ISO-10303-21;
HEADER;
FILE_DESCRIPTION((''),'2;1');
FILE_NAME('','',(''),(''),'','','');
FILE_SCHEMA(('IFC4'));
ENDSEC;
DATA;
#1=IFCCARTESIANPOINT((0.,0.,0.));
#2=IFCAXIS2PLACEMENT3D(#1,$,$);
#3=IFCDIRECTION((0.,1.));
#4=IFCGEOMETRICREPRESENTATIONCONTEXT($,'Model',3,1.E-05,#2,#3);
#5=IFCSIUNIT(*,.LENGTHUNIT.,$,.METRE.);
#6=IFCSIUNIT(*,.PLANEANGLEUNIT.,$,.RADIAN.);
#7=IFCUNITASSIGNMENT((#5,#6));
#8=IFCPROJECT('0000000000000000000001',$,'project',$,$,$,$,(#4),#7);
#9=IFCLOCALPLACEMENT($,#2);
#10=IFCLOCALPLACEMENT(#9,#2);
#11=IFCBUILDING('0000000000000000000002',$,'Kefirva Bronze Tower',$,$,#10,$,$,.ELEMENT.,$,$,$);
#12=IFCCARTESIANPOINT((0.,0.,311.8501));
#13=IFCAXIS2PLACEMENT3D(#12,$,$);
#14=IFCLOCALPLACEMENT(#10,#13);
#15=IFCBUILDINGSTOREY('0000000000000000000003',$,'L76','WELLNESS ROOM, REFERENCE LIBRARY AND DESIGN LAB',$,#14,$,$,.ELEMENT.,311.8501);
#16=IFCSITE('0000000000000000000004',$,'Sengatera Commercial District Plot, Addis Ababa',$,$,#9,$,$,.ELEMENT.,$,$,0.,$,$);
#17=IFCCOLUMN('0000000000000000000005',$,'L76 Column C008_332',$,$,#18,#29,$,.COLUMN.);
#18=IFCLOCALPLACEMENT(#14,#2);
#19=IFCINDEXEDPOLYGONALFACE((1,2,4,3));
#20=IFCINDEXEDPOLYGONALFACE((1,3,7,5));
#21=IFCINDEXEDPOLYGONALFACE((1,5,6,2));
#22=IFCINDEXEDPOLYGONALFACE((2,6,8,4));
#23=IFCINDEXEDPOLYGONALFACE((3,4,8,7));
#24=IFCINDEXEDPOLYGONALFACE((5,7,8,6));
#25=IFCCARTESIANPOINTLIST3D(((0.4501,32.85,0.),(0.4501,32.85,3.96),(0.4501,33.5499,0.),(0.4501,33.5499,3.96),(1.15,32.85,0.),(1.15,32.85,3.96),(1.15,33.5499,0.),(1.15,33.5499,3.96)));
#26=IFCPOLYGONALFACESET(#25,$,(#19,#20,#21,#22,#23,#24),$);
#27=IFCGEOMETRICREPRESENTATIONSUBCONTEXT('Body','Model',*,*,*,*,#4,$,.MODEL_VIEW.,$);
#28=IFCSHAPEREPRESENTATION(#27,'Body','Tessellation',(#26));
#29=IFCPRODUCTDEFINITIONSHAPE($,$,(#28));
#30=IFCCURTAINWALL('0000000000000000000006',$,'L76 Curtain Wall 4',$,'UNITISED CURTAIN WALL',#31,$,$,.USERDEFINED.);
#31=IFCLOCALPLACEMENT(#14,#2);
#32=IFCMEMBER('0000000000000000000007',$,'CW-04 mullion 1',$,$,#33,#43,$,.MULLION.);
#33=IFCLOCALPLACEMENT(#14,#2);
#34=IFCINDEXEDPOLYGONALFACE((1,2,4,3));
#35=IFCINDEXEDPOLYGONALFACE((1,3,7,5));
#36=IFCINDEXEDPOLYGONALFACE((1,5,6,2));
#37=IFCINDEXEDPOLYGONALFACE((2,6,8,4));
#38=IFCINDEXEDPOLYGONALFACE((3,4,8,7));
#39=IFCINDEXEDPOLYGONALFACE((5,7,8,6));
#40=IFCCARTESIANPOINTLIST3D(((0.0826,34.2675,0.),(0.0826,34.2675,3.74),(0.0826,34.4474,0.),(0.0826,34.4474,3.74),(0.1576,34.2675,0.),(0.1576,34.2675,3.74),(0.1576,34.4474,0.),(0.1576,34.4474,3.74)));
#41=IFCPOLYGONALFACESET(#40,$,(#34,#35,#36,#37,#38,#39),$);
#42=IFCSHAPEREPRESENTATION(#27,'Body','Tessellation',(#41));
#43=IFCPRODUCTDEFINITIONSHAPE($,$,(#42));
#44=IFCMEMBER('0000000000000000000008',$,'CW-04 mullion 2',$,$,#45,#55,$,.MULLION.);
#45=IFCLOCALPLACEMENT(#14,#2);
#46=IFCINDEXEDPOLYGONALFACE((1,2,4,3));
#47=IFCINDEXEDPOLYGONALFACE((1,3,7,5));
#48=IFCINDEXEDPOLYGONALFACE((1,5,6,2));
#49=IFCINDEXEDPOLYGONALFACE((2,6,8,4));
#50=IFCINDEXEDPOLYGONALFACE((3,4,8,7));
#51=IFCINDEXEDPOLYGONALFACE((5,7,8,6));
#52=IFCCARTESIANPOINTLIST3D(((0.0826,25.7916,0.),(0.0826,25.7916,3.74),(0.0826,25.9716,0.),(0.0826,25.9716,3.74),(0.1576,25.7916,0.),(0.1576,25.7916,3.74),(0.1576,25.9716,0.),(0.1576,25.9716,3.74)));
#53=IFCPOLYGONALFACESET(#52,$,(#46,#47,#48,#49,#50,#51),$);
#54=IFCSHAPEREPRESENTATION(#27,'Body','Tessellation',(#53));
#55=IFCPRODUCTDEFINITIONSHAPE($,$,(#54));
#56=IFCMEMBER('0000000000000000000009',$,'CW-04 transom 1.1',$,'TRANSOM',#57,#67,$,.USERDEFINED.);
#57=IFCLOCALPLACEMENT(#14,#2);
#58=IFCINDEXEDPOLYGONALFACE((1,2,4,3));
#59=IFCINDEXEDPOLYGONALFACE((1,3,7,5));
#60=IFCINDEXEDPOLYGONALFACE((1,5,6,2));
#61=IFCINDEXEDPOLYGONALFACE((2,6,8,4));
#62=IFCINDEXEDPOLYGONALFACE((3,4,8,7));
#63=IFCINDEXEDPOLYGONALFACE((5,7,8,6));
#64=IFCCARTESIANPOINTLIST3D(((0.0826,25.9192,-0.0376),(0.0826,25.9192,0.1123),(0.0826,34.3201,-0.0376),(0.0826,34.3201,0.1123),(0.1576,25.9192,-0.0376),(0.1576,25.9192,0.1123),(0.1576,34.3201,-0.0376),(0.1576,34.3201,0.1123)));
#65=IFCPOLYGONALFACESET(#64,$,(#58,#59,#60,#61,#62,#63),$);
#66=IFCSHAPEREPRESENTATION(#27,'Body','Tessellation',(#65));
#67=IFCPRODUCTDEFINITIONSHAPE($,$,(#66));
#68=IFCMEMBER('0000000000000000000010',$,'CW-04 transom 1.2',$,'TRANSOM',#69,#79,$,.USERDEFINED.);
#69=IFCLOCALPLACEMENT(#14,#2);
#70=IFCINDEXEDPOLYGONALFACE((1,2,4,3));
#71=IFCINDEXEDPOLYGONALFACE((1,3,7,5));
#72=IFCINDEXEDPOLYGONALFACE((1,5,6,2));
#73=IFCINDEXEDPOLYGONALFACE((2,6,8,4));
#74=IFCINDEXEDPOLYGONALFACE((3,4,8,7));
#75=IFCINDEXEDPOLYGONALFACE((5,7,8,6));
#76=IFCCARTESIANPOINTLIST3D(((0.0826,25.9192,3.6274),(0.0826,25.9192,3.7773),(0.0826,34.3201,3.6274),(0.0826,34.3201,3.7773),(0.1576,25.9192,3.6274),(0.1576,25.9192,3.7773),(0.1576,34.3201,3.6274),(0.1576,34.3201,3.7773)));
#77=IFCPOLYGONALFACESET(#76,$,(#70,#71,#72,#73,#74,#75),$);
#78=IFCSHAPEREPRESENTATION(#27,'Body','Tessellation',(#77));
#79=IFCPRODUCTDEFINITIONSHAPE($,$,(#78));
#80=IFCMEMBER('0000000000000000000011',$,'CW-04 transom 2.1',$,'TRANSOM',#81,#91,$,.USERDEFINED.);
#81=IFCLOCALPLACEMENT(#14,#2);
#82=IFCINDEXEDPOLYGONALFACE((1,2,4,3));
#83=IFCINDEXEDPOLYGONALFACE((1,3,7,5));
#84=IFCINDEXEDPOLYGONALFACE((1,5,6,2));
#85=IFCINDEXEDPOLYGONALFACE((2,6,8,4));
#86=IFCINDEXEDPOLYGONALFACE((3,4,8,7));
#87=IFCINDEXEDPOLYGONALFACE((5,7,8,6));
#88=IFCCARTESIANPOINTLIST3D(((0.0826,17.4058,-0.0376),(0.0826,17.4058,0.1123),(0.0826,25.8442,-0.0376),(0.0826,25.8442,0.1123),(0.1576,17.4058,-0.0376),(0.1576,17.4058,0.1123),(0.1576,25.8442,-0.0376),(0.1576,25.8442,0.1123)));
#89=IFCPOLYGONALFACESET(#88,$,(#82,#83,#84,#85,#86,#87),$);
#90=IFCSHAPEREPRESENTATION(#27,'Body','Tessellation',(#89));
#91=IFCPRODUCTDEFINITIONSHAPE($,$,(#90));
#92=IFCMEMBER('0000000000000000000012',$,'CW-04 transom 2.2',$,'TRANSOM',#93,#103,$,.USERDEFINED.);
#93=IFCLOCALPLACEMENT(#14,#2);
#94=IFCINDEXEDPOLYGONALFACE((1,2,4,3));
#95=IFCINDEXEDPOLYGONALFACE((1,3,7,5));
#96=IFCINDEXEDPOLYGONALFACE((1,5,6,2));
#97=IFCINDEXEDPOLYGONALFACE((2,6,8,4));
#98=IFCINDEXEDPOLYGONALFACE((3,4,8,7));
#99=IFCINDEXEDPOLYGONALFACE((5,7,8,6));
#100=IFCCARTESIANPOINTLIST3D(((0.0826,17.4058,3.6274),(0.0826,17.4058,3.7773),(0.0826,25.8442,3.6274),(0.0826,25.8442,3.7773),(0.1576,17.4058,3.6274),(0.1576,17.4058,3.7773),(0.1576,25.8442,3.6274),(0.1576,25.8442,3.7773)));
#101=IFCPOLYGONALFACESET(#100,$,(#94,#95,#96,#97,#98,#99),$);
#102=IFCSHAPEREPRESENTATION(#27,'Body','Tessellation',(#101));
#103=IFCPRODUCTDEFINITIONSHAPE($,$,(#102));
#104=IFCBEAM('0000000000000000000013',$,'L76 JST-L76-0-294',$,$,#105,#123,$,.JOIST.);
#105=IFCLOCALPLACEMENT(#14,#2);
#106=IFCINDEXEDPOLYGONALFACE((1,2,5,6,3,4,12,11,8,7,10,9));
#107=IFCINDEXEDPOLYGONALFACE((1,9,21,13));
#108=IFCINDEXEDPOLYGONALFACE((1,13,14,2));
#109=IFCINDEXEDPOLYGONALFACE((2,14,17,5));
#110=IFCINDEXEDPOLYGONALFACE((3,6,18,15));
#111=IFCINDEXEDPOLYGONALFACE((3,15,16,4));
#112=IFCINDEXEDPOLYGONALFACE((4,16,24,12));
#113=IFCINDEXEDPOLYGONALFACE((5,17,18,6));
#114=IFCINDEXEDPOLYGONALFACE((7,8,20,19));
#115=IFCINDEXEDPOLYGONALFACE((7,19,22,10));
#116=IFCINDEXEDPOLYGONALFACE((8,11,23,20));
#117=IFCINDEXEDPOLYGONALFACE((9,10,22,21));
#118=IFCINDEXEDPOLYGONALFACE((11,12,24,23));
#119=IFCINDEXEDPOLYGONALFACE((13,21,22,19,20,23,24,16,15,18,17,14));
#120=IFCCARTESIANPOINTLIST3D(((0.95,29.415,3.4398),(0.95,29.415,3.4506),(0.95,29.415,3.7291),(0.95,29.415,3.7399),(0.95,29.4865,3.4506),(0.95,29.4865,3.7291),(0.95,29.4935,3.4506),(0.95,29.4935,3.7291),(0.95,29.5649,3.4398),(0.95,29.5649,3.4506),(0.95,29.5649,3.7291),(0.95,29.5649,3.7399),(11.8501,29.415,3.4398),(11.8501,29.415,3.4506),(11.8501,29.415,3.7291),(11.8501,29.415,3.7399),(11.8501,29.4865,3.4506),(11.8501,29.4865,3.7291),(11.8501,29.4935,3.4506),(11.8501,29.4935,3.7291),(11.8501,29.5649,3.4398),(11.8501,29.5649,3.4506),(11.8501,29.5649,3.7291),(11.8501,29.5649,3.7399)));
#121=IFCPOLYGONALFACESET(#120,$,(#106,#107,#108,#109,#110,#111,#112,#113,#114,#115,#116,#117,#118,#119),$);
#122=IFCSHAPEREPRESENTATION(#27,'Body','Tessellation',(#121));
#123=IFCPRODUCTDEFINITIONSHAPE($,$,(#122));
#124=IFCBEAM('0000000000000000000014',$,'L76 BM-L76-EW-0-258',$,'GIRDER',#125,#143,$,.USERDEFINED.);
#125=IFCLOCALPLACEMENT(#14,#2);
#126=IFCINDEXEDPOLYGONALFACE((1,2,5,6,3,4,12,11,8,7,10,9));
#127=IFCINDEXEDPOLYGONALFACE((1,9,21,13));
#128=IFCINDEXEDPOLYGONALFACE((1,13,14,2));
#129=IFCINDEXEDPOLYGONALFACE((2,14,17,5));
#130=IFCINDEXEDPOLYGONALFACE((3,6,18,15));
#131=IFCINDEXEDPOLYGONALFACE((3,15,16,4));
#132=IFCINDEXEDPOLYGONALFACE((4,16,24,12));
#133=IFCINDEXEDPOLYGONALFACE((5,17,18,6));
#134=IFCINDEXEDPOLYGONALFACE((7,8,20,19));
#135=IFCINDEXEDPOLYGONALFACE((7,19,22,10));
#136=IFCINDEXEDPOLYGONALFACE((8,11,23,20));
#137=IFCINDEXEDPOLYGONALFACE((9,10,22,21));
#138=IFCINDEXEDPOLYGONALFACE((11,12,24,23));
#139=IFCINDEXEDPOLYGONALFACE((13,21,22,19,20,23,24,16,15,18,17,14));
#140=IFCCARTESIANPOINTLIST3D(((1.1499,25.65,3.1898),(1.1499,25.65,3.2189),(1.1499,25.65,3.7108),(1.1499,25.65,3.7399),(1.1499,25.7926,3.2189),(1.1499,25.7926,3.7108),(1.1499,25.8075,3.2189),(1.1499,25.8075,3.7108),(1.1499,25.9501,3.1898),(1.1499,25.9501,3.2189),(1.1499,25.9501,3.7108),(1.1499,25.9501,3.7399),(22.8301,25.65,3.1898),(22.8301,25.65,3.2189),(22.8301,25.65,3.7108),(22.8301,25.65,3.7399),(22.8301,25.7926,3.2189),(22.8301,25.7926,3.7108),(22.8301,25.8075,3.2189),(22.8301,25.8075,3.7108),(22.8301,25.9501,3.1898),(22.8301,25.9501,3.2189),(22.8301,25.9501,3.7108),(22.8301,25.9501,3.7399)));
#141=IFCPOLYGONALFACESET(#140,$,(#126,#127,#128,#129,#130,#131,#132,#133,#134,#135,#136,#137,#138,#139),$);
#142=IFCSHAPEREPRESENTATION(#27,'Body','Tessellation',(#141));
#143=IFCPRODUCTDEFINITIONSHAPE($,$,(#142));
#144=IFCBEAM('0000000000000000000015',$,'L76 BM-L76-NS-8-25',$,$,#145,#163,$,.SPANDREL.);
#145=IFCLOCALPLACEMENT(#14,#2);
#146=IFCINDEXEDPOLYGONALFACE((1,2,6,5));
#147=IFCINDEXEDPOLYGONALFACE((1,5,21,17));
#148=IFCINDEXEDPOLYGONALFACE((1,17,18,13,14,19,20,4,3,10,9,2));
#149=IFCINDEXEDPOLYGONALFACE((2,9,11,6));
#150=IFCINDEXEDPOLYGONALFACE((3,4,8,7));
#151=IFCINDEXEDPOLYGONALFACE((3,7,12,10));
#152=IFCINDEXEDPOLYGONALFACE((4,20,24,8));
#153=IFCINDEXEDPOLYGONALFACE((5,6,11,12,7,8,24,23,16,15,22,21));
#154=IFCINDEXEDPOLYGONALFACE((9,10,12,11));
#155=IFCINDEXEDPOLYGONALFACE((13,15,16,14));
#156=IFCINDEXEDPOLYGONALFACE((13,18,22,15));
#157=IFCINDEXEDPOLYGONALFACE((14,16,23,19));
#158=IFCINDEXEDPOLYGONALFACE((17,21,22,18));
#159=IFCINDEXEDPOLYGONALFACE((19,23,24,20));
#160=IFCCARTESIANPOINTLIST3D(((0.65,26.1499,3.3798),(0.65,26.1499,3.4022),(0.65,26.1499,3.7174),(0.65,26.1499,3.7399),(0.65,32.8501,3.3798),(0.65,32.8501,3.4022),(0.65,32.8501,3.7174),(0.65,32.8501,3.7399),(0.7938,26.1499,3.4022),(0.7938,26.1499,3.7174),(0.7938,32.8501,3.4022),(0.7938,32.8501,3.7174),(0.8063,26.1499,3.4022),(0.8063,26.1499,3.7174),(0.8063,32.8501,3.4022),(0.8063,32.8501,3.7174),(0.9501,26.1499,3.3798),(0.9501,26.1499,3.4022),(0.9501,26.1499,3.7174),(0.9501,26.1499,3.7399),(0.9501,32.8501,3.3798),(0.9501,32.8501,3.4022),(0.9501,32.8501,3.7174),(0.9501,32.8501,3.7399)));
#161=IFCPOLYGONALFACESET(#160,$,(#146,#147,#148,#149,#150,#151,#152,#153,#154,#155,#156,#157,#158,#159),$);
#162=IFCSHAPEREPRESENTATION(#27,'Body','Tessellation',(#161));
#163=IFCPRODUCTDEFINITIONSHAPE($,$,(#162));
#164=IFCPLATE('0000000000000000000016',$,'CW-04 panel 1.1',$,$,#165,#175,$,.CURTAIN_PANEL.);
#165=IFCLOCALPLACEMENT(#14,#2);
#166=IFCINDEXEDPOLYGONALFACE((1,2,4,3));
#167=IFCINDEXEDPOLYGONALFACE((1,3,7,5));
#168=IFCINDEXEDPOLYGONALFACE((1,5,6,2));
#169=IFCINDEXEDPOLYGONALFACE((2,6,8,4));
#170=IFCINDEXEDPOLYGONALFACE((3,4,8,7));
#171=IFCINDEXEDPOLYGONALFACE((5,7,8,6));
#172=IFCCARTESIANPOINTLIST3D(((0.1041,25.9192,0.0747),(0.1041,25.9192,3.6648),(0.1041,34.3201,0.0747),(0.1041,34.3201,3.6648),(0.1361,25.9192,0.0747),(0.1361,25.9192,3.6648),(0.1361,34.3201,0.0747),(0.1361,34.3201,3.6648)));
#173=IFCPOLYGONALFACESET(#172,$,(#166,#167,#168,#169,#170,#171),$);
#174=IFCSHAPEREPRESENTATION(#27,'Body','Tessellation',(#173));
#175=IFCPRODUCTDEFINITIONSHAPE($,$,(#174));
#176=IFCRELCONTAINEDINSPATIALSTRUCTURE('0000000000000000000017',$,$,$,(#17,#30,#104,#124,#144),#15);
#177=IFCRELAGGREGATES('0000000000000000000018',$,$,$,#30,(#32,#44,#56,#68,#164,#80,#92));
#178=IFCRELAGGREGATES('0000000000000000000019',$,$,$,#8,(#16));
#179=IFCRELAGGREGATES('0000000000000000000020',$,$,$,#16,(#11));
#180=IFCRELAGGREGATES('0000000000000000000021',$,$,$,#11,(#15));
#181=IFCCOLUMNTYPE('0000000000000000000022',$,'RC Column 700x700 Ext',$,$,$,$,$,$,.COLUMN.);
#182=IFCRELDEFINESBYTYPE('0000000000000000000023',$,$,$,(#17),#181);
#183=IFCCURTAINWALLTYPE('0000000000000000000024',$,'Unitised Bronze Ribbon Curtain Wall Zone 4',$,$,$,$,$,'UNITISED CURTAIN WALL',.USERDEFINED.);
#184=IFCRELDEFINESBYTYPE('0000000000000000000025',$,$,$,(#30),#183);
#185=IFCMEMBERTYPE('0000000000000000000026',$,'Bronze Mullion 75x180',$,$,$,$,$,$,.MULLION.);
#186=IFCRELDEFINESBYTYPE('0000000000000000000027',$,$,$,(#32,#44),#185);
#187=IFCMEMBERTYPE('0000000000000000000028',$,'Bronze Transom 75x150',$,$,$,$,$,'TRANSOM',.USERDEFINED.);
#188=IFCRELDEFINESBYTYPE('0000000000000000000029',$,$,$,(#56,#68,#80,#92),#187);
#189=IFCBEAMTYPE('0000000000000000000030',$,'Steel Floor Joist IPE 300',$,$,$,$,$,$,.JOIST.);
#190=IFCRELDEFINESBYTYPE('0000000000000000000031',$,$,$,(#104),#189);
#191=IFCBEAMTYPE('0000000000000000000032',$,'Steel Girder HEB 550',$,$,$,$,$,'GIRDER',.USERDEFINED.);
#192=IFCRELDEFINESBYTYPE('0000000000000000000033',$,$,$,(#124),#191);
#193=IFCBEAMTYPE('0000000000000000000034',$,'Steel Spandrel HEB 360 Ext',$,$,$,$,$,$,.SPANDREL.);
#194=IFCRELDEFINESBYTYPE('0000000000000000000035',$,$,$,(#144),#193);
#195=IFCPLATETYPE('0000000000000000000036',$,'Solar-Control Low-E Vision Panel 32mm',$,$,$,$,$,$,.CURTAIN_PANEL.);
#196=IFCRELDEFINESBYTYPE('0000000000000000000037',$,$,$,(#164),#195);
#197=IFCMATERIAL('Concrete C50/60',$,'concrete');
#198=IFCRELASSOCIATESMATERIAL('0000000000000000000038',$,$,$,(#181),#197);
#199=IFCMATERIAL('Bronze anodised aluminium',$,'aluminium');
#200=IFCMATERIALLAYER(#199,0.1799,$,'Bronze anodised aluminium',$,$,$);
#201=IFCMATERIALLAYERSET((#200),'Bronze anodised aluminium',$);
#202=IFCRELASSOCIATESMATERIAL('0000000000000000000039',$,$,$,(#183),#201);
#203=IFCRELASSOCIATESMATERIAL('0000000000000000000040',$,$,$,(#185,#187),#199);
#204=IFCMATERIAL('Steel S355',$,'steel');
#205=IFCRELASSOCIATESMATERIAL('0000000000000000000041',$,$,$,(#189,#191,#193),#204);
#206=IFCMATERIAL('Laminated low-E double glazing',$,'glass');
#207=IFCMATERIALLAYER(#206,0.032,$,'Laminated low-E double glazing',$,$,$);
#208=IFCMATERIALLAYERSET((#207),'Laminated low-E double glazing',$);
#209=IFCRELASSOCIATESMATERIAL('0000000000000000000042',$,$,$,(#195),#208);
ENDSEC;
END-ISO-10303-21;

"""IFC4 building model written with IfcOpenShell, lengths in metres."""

from ifc_helpers import new_model, si_unit, direction, frame, origin, origin_2d, place, context, subcontext, project, spatial, rectangle, i_section, extrude, material, layer, layer_set, material_profile, profile_set, type_object, element, aggregate, save


model = new_model("IFC4")

# Units and contexts
model_context = context("Model", 3, precision=1e-05, world=origin(), true_north=direction((0.0, 1.0)))
body_context = subcontext(model_context, "Body", "Model", "MODEL_VIEW")
ifc_project = project(units=[si_unit("LENGTHUNIT", "METRE"), si_unit("PLANEANGLEUNIT", "RADIAN")], contexts=[model_context])

# Site, building, storey
site_placement = place(None, origin())
site = spatial("IfcSite", under=ifc_project, at=site_placement, Name="Sengatera Commercial District Plot, Addis Ababa", CompositionType="ELEMENT", RefElevation=0.0)
building_placement = place(site_placement, origin())
building = spatial("IfcBuilding", under=site, at=building_placement, Name="Kefirva Bronze Tower", CompositionType="ELEMENT")
storey_placement = place(building_placement, frame((0.0, 0.0, 311.8501)))
storey = spatial("IfcBuildingStorey", under=building, at=storey_placement, Name="L76", Description="WELLNESS ROOM, REFERENCE LIBRARY AND DESIGN LAB", CompositionType="ELEMENT", Elevation=311.8501)

# Column
ifc_material_1 = material(Name="Concrete C50/60", Category="concrete")
ifc_material_profile_1 = material_profile(ifc_material_1, rectangle(XDim=0.7, YDim=0.7, at=origin_2d()), Name="RC 700x700")
ifc_profile_set_1 = profile_set([ifc_material_profile_1], Name="Concrete C50/60")
column_type = type_object("IfcColumnType", Name="RC Column 700x700 Ext", PredefinedType="COLUMN", material=ifc_profile_set_1)
column_placement = place(storey_placement, frame((0.8, 33.2, 0.0), z_axis=(0.0, 0.0, 1.0), x_axis=(1.0, 0.0, 0.0)))
element("IfcColumn", 1, at=column_placement, inside=storey, type_object=column_type, Name="L76 Column C008_332", PredefinedType="COLUMN", context=body_context, shape_type="SweptSolid", body=[
    extrude(rectangle(XDim=0.7, YDim=0.7, at=origin_2d()), origin(), (0.0, 0.0, 1.0), 3.96),
])

# Curtain wall, members
ifc_material_2 = material(Name="Bronze anodised aluminium", Category="aluminium")
ifc_layer_1 = layer(ifc_material_2, 0.1799, Name="Bronze anodised aluminium")
ifc_layer_set_1 = layer_set([ifc_layer_1], Name="Bronze anodised aluminium")
curtain_wall_type = type_object("IfcCurtainWallType", Name="Unitised Bronze Ribbon Curtain Wall Zone 4", ElementType="UNITISED CURTAIN WALL", PredefinedType="USERDEFINED", material=ifc_layer_set_1)
curtain_wall_placement = place(storey_placement, origin())
curtain_wall = element("IfcCurtainWall", 2, at=curtain_wall_placement, inside=storey, type_object=curtain_wall_type, Name="L76 Curtain Wall 4", ObjectType="UNITISED CURTAIN WALL", PredefinedType="USERDEFINED")
ifc_material_profile_2 = material_profile(ifc_material_2, rectangle(XDim=0.075, YDim=0.1799, at=origin_2d()), Name="ALU 75x180")
ifc_profile_set_2 = profile_set([ifc_material_profile_2], Name="Bronze anodised aluminium")
member_type_1 = type_object("IfcMemberType", Name="Bronze Mullion 75x180", PredefinedType="MULLION", material=ifc_profile_set_2)
member_1_placement = place(storey_placement, frame((0.1201, 34.3574, 0.0), z_axis=(0.0, 0.0, 1.0), x_axis=(1.0, 0.0, 0.0)))
member_1 = element("IfcMember", 3, at=member_1_placement, type_object=member_type_1, Name="CW-04 mullion 1", PredefinedType="MULLION", context=body_context, shape_type="SweptSolid", body=[
    extrude(rectangle(XDim=0.075, YDim=0.1799, at=origin_2d()), origin(), (0.0, 0.0, 1.0), 3.74),
])
member_2_placement = place(storey_placement, frame((0.1201, 25.8816, 0.0), z_axis=(0.0, 0.0, 1.0), x_axis=(1.0, 0.0, 0.0)))
member_2 = element("IfcMember", 4, at=member_2_placement, type_object=member_type_1, Name="CW-04 mullion 2", PredefinedType="MULLION", context=body_context, shape_type="SweptSolid", body=[
    extrude(rectangle(XDim=0.075, YDim=0.1799, at=origin_2d()), origin(), (0.0, 0.0, 1.0), 3.74),
])
ifc_material_profile_3 = material_profile(ifc_material_2, rectangle(XDim=0.075, YDim=0.1499, at=origin_2d()), Name="ALU 75x150")
ifc_profile_set_3 = profile_set([ifc_material_profile_3], Name="Bronze anodised aluminium")
member_type_2 = type_object("IfcMemberType", Name="Bronze Transom 75x150", ElementType="TRANSOM", PredefinedType="USERDEFINED", material=ifc_profile_set_3)
member_3_placement = place(storey_placement, frame((0.1201, 34.3201, 0.0374), z_axis=(0.0, -1.0, 0.0), x_axis=(1.0, 0.0, 0.0)))
member_3 = element("IfcMember", 5, at=member_3_placement, type_object=member_type_2, Name="CW-04 transom 1.1", ObjectType="TRANSOM", PredefinedType="USERDEFINED", context=body_context, shape_type="SweptSolid", body=[
    extrude(rectangle(XDim=0.075, YDim=0.1499, at=origin_2d()), origin(), (0.0, 0.0, 1.0), 8.4009),
])
member_4_placement = place(storey_placement, frame((0.1201, 34.3201, 3.7024), z_axis=(0.0, -1.0, 0.0), x_axis=(1.0, 0.0, 0.0)))
member_4 = element("IfcMember", 6, at=member_4_placement, type_object=member_type_2, Name="CW-04 transom 1.2", ObjectType="TRANSOM", PredefinedType="USERDEFINED", context=body_context, shape_type="SweptSolid", body=[
    extrude(rectangle(XDim=0.075, YDim=0.1499, at=origin_2d()), origin(), (0.0, 0.0, 1.0), 8.4009),
])
member_5_placement = place(storey_placement, frame((0.1201, 25.8442, 0.0374), z_axis=(0.0, -1.0, 0.0), x_axis=(1.0, 0.0, 0.0)))
member_5 = element("IfcMember", 7, at=member_5_placement, type_object=member_type_2, Name="CW-04 transom 2.1", ObjectType="TRANSOM", PredefinedType="USERDEFINED", context=body_context, shape_type="SweptSolid", body=[
    extrude(rectangle(XDim=0.075, YDim=0.1499, at=origin_2d()), origin(), (0.0, 0.0, 1.0), 8.4385),
])
member_6_placement = place(storey_placement, frame((0.1201, 25.8442, 3.7024), z_axis=(0.0, -1.0, 0.0), x_axis=(1.0, 0.0, 0.0)))
member_6 = element("IfcMember", 8, at=member_6_placement, type_object=member_type_2, Name="CW-04 transom 2.2", ObjectType="TRANSOM", PredefinedType="USERDEFINED", context=body_context, shape_type="SweptSolid", body=[
    extrude(rectangle(XDim=0.075, YDim=0.1499, at=origin_2d()), origin(), (0.0, 0.0, 1.0), 8.4385),
])

# Beams
ifc_material_3 = material(Name="Steel S355", Category="steel")
ifc_material_profile_4 = material_profile(ifc_material_3, i_section(OverallWidth=0.1499, OverallDepth=0.3, WebThickness=0.0071, FlangeThickness=0.0107, at=origin_2d()), Name="IPE 300")
ifc_profile_set_4 = profile_set([ifc_material_profile_4], Name="Steel S355")
beam_type_1 = type_object("IfcBeamType", Name="Steel Floor Joist IPE 300", PredefinedType="JOIST", material=ifc_profile_set_4)
beam_1_placement = place(storey_placement, frame((0.95, 29.49, 3.5898), z_axis=(1.0, 0.0, 0.0), x_axis=(0.0, 1.0, 0.0)))
element("IfcBeam", 9, at=beam_1_placement, inside=storey, type_object=beam_type_1, Name="L76 JST-L76-0-294", PredefinedType="JOIST", context=body_context, shape_type="SweptSolid", body=[
    extrude(i_section(OverallWidth=0.1499, OverallDepth=0.3, WebThickness=0.0071, FlangeThickness=0.0107, at=origin_2d()), origin(), (0.0, 0.0, 1.0), 10.9001),
])
ifc_material_profile_5 = material_profile(ifc_material_3, i_section(OverallWidth=0.3, OverallDepth=0.55, WebThickness=0.0149, FlangeThickness=0.0291, at=origin_2d()), Name="HEB 550")
ifc_profile_set_5 = profile_set([ifc_material_profile_5], Name="Steel S355")
beam_type_2 = type_object("IfcBeamType", Name="Steel Girder HEB 550", ElementType="GIRDER", PredefinedType="USERDEFINED", material=ifc_profile_set_5)
beam_2_placement = place(storey_placement, frame((1.1499, 25.8, 3.4648), z_axis=(1.0, 0.0, 0.0), x_axis=(0.0, 1.0, 0.0)))
element("IfcBeam", 10, at=beam_2_placement, inside=storey, type_object=beam_type_2, Name="L76 BM-L76-EW-0-258", ObjectType="GIRDER", PredefinedType="USERDEFINED", context=body_context, shape_type="SweptSolid", body=[
    extrude(i_section(OverallWidth=0.3, OverallDepth=0.55, WebThickness=0.0149, FlangeThickness=0.0291, at=origin_2d()), origin(), (0.0, 0.0, 1.0), 21.6802),
])
ifc_material_profile_6 = material_profile(ifc_material_3, i_section(OverallWidth=0.3, OverallDepth=0.3601, WebThickness=0.0125, FlangeThickness=0.0225, at=origin_2d()), Name="HEB 360")
ifc_profile_set_6 = profile_set([ifc_material_profile_6], Name="Steel S355")
beam_type_3 = type_object("IfcBeamType", Name="Steel Spandrel HEB 360 Ext", PredefinedType="SPANDREL", material=ifc_profile_set_6)
beam_3_placement = place(storey_placement, frame((0.8, 26.1499, 3.5598), z_axis=(0.0, 1.0, 0.0), x_axis=(-1.0, 0.0, 0.0)))
element("IfcBeam", 11, at=beam_3_placement, inside=storey, type_object=beam_type_3, Name="L76 BM-L76-NS-8-25", PredefinedType="SPANDREL", context=body_context, shape_type="SweptSolid", body=[
    extrude(i_section(OverallWidth=0.3, OverallDepth=0.3601, WebThickness=0.0125, FlangeThickness=0.0225, at=origin_2d()), origin(), (0.0, 0.0, 1.0), 6.7002),
])

# Plate
ifc_material_4 = material(Name="Laminated low-E double glazing", Category="glass")
ifc_layer_2 = layer(ifc_material_4, 0.032, Name="Laminated low-E double glazing")
ifc_layer_set_2 = layer_set([ifc_layer_2], Name="Laminated low-E double glazing")
plate_type = type_object("IfcPlateType", Name="Solar-Control Low-E Vision Panel 32mm", PredefinedType="CURTAIN_PANEL", material=ifc_layer_set_2)
plate_placement = place(storey_placement, frame((0.1201, 30.1196, 0.0747), z_axis=(0.0, 0.0, 1.0), x_axis=(0.0, -1.0, 0.0)))
plate = element("IfcPlate", 12, at=plate_placement, type_object=plate_type, Name="CW-04 panel 1.1", PredefinedType="CURTAIN_PANEL", context=body_context, shape_type="SweptSolid", body=[
    extrude(rectangle(XDim=8.4009, YDim=0.032, at=origin_2d()), origin(), (0.0, 0.0, 1.0), 3.5901),
])
aggregate(curtain_wall, [member_1, member_2, member_3, member_4, plate, member_5, member_6])

save(model, "model.ifc")
